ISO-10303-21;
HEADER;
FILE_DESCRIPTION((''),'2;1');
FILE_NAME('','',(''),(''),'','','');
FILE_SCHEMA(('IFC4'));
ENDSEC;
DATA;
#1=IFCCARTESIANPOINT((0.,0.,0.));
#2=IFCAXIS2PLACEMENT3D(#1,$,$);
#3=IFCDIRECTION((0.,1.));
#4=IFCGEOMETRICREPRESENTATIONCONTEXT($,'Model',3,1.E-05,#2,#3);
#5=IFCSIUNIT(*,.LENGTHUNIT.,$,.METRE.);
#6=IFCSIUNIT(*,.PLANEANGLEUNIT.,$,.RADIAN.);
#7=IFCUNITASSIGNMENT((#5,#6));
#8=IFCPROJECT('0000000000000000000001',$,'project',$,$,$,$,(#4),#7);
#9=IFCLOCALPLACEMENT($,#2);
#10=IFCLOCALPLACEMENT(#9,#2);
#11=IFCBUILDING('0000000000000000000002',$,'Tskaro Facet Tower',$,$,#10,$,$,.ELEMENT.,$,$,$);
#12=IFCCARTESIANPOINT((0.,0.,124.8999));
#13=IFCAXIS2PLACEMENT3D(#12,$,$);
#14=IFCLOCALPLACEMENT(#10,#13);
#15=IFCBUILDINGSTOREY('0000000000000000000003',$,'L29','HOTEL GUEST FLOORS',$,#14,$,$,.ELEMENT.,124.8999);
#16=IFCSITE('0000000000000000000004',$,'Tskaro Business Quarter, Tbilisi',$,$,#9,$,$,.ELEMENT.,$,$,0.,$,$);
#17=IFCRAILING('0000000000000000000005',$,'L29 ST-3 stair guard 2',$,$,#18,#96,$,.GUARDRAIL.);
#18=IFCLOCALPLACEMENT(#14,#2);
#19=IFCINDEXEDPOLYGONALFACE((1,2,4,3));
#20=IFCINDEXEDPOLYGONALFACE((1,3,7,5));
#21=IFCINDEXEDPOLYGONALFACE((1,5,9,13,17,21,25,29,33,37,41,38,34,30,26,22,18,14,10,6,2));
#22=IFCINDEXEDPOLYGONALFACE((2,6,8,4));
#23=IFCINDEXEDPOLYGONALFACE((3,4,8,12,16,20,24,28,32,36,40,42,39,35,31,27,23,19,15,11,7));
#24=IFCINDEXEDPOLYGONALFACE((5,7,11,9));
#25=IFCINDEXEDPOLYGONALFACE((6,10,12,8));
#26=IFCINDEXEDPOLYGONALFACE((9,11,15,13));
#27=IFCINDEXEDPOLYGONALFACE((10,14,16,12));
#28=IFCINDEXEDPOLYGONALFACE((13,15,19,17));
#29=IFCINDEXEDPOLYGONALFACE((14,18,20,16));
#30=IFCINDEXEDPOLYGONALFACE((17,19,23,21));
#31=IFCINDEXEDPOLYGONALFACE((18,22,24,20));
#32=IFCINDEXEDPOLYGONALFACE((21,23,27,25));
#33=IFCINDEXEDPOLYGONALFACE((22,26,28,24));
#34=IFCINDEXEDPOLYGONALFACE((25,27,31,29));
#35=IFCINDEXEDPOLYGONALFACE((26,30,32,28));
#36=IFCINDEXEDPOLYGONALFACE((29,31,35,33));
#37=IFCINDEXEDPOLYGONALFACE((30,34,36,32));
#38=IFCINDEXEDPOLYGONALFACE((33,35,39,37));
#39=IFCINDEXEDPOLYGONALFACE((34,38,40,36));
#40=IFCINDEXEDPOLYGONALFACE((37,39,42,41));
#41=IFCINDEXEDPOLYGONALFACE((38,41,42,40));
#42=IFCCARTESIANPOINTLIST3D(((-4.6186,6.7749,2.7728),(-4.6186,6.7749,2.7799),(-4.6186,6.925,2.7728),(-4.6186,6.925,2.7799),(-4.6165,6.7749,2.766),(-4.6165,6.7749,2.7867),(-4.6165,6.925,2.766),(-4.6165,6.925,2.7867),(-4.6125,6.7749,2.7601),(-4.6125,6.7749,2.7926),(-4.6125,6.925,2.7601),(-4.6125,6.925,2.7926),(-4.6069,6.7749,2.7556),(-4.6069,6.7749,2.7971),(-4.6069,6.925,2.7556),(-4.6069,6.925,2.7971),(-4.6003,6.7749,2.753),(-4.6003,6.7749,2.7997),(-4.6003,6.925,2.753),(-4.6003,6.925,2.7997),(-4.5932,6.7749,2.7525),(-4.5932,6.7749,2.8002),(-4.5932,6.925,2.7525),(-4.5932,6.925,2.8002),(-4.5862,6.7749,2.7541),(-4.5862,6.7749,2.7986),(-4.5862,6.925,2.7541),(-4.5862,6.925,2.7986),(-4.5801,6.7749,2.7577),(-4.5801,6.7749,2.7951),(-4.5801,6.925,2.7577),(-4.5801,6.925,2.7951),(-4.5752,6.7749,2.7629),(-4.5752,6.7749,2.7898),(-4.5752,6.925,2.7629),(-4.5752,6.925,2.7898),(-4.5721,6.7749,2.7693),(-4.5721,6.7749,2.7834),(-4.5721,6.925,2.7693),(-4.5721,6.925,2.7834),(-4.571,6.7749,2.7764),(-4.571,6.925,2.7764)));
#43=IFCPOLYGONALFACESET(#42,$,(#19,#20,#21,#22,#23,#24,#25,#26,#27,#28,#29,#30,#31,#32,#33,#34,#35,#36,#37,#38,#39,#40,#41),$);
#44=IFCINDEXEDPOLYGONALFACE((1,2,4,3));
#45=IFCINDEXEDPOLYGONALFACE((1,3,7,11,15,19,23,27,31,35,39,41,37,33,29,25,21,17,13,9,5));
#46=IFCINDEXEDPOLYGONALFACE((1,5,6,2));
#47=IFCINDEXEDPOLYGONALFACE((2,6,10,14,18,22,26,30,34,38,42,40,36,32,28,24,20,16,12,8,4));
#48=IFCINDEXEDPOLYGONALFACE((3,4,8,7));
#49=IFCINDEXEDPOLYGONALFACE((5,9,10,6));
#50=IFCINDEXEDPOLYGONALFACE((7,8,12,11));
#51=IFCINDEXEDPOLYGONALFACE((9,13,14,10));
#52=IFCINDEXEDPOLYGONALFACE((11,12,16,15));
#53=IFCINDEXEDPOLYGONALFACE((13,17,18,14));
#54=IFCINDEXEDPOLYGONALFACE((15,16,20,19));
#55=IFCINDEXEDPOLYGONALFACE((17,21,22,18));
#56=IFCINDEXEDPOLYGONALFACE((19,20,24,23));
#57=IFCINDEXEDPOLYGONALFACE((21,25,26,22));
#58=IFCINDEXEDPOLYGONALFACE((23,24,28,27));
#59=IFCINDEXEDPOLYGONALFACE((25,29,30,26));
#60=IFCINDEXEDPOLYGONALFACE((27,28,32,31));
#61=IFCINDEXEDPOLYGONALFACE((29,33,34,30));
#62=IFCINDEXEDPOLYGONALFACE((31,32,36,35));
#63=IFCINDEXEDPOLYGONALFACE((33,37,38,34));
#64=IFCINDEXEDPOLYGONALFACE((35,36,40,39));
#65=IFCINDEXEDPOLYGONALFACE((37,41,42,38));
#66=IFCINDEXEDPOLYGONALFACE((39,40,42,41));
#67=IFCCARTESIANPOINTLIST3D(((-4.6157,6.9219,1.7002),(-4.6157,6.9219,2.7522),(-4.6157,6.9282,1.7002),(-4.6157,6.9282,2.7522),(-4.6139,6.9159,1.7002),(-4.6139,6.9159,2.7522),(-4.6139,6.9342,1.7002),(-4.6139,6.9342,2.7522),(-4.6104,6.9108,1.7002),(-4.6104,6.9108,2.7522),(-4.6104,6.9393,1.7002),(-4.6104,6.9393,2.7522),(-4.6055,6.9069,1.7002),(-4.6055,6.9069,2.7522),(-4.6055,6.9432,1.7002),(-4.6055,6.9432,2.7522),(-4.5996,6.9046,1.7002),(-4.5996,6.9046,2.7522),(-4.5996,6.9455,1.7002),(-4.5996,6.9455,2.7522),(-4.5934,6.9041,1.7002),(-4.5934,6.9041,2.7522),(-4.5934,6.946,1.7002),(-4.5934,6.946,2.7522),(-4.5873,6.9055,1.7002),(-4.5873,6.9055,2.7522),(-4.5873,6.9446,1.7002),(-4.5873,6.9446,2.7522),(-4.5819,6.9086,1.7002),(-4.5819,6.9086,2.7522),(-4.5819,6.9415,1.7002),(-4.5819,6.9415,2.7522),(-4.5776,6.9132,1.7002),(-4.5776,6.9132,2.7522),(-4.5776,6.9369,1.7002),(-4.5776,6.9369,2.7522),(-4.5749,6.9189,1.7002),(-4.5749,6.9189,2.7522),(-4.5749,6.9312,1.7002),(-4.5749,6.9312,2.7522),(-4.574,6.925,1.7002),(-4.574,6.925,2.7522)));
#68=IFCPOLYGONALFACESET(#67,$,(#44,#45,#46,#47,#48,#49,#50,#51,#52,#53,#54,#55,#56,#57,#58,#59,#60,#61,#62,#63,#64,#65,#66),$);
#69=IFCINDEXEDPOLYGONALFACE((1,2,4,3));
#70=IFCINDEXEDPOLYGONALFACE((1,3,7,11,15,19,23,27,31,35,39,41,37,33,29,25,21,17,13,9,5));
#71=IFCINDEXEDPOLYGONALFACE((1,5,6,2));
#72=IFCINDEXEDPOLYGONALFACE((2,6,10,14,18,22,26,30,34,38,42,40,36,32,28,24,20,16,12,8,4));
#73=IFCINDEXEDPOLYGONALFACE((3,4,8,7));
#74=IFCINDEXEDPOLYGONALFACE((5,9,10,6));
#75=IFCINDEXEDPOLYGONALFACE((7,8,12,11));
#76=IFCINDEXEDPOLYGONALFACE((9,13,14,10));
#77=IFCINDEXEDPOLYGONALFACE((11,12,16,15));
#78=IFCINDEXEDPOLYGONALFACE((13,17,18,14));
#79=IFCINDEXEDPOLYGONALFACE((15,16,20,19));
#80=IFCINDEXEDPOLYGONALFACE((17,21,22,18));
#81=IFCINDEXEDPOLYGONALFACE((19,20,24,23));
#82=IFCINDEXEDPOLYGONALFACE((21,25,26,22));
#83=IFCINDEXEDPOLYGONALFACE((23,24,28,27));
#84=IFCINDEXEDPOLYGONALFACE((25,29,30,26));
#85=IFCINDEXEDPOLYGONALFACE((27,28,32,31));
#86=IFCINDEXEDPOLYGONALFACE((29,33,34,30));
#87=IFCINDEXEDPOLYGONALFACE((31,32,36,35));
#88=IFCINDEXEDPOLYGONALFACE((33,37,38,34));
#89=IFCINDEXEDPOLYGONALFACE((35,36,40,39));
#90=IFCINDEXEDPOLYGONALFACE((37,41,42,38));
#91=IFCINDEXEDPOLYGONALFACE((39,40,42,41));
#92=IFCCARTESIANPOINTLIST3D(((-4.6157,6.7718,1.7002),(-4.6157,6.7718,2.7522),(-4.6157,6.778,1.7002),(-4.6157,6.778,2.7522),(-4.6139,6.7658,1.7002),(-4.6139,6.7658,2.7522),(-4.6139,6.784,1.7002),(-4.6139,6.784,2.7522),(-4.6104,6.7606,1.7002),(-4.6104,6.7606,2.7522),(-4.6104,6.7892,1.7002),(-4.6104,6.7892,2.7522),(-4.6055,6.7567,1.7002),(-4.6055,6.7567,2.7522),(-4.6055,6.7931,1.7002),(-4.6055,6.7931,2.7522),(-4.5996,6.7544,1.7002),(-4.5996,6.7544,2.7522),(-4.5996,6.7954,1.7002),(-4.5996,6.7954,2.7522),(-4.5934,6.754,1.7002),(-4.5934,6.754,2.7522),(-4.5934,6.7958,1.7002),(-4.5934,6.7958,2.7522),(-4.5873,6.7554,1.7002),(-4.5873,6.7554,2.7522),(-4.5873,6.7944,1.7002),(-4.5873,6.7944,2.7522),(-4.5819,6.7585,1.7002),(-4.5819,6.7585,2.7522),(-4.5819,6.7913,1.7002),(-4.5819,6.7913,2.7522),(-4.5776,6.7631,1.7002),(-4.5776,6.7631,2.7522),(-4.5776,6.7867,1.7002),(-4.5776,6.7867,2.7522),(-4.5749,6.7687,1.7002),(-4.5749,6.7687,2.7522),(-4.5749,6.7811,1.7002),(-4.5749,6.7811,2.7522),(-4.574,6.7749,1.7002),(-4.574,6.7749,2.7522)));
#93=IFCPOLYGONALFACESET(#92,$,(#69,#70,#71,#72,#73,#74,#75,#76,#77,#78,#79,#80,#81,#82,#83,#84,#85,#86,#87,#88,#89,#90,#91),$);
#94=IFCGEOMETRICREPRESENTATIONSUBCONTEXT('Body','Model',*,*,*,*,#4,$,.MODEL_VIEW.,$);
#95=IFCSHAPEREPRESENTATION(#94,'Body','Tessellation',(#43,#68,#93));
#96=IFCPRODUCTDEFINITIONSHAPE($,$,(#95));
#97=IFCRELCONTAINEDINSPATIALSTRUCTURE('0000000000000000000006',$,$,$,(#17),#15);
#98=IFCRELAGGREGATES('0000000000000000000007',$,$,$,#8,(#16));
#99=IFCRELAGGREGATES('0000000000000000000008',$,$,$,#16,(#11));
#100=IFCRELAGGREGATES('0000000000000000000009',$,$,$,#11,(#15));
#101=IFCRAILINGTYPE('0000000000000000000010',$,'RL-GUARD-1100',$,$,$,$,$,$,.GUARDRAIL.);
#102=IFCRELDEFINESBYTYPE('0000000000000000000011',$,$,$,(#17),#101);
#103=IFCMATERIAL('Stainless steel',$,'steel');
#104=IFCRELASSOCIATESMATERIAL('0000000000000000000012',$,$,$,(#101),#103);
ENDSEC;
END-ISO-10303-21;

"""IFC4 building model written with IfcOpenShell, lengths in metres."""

from ifc_helpers import new_model, si_unit, direction, frame, origin, origin_2d, place, context, subcontext, project, spatial, circle, extrude, material, type_object, element, save


model = new_model("IFC4")

# Units and contexts
model_context = context("Model", 3, precision=1e-05, world=origin(), true_north=direction((0.0, 1.0)))
body_context = subcontext(model_context, "Body", "Model", "MODEL_VIEW")
ifc_project = project(units=[si_unit("LENGTHUNIT", "METRE"), si_unit("PLANEANGLEUNIT", "RADIAN")], contexts=[model_context])

# Site, building, storey
site_placement = place(None, origin())
site = spatial("IfcSite", under=ifc_project, at=site_placement, Name="Tskaro Business Quarter, Tbilisi", CompositionType="ELEMENT", RefElevation=0.0)
building_placement = place(site_placement, origin())
building = spatial("IfcBuilding", under=site, at=building_placement, Name="Tskaro Facet Tower", CompositionType="ELEMENT")
storey_placement = place(building_placement, frame((0.0, 0.0, 124.8999)))
storey = spatial("IfcBuildingStorey", under=building, at=storey_placement, Name="L29", Description="HOTEL GUEST FLOORS", CompositionType="ELEMENT", Elevation=124.8999)

# Railing
ifc_material_1 = material(Name="Stainless steel", Category="steel")
railing_type_1 = type_object("IfcRailingType", Name="RL-GUARD-1100", PredefinedType="GUARDRAIL", material=ifc_material_1)
railing_1_placement = place(storey_placement, frame((-4.595, 6.925, 1.7002)))
element("IfcRailing", 1, at=railing_1_placement, inside=storey, type_object=railing_type_1, Name="L29 ST-3 stair guard 2", PredefinedType="GUARDRAIL", context=body_context, shape_type="SweptSolid", body=[
    extrude(circle(Radius=0.0239, at=origin_2d()), frame((0.0, 0.0, 1.0762), z_axis=(0.0, -1.0, 0.0), x_axis=(1.0, 0.0, 0.0)), (0.0, 0.0, 1.0), 0.1501),
    extrude(circle(Radius=0.021, at=origin_2d()), origin(), (0.0, 0.0, 1.0), 1.052),
    extrude(circle(Radius=0.021, at=origin_2d()), frame((0.0, -0.1501, 0.0)), (0.0, 0.0, 1.0), 1.052),
])

save(model, "model.ifc")
